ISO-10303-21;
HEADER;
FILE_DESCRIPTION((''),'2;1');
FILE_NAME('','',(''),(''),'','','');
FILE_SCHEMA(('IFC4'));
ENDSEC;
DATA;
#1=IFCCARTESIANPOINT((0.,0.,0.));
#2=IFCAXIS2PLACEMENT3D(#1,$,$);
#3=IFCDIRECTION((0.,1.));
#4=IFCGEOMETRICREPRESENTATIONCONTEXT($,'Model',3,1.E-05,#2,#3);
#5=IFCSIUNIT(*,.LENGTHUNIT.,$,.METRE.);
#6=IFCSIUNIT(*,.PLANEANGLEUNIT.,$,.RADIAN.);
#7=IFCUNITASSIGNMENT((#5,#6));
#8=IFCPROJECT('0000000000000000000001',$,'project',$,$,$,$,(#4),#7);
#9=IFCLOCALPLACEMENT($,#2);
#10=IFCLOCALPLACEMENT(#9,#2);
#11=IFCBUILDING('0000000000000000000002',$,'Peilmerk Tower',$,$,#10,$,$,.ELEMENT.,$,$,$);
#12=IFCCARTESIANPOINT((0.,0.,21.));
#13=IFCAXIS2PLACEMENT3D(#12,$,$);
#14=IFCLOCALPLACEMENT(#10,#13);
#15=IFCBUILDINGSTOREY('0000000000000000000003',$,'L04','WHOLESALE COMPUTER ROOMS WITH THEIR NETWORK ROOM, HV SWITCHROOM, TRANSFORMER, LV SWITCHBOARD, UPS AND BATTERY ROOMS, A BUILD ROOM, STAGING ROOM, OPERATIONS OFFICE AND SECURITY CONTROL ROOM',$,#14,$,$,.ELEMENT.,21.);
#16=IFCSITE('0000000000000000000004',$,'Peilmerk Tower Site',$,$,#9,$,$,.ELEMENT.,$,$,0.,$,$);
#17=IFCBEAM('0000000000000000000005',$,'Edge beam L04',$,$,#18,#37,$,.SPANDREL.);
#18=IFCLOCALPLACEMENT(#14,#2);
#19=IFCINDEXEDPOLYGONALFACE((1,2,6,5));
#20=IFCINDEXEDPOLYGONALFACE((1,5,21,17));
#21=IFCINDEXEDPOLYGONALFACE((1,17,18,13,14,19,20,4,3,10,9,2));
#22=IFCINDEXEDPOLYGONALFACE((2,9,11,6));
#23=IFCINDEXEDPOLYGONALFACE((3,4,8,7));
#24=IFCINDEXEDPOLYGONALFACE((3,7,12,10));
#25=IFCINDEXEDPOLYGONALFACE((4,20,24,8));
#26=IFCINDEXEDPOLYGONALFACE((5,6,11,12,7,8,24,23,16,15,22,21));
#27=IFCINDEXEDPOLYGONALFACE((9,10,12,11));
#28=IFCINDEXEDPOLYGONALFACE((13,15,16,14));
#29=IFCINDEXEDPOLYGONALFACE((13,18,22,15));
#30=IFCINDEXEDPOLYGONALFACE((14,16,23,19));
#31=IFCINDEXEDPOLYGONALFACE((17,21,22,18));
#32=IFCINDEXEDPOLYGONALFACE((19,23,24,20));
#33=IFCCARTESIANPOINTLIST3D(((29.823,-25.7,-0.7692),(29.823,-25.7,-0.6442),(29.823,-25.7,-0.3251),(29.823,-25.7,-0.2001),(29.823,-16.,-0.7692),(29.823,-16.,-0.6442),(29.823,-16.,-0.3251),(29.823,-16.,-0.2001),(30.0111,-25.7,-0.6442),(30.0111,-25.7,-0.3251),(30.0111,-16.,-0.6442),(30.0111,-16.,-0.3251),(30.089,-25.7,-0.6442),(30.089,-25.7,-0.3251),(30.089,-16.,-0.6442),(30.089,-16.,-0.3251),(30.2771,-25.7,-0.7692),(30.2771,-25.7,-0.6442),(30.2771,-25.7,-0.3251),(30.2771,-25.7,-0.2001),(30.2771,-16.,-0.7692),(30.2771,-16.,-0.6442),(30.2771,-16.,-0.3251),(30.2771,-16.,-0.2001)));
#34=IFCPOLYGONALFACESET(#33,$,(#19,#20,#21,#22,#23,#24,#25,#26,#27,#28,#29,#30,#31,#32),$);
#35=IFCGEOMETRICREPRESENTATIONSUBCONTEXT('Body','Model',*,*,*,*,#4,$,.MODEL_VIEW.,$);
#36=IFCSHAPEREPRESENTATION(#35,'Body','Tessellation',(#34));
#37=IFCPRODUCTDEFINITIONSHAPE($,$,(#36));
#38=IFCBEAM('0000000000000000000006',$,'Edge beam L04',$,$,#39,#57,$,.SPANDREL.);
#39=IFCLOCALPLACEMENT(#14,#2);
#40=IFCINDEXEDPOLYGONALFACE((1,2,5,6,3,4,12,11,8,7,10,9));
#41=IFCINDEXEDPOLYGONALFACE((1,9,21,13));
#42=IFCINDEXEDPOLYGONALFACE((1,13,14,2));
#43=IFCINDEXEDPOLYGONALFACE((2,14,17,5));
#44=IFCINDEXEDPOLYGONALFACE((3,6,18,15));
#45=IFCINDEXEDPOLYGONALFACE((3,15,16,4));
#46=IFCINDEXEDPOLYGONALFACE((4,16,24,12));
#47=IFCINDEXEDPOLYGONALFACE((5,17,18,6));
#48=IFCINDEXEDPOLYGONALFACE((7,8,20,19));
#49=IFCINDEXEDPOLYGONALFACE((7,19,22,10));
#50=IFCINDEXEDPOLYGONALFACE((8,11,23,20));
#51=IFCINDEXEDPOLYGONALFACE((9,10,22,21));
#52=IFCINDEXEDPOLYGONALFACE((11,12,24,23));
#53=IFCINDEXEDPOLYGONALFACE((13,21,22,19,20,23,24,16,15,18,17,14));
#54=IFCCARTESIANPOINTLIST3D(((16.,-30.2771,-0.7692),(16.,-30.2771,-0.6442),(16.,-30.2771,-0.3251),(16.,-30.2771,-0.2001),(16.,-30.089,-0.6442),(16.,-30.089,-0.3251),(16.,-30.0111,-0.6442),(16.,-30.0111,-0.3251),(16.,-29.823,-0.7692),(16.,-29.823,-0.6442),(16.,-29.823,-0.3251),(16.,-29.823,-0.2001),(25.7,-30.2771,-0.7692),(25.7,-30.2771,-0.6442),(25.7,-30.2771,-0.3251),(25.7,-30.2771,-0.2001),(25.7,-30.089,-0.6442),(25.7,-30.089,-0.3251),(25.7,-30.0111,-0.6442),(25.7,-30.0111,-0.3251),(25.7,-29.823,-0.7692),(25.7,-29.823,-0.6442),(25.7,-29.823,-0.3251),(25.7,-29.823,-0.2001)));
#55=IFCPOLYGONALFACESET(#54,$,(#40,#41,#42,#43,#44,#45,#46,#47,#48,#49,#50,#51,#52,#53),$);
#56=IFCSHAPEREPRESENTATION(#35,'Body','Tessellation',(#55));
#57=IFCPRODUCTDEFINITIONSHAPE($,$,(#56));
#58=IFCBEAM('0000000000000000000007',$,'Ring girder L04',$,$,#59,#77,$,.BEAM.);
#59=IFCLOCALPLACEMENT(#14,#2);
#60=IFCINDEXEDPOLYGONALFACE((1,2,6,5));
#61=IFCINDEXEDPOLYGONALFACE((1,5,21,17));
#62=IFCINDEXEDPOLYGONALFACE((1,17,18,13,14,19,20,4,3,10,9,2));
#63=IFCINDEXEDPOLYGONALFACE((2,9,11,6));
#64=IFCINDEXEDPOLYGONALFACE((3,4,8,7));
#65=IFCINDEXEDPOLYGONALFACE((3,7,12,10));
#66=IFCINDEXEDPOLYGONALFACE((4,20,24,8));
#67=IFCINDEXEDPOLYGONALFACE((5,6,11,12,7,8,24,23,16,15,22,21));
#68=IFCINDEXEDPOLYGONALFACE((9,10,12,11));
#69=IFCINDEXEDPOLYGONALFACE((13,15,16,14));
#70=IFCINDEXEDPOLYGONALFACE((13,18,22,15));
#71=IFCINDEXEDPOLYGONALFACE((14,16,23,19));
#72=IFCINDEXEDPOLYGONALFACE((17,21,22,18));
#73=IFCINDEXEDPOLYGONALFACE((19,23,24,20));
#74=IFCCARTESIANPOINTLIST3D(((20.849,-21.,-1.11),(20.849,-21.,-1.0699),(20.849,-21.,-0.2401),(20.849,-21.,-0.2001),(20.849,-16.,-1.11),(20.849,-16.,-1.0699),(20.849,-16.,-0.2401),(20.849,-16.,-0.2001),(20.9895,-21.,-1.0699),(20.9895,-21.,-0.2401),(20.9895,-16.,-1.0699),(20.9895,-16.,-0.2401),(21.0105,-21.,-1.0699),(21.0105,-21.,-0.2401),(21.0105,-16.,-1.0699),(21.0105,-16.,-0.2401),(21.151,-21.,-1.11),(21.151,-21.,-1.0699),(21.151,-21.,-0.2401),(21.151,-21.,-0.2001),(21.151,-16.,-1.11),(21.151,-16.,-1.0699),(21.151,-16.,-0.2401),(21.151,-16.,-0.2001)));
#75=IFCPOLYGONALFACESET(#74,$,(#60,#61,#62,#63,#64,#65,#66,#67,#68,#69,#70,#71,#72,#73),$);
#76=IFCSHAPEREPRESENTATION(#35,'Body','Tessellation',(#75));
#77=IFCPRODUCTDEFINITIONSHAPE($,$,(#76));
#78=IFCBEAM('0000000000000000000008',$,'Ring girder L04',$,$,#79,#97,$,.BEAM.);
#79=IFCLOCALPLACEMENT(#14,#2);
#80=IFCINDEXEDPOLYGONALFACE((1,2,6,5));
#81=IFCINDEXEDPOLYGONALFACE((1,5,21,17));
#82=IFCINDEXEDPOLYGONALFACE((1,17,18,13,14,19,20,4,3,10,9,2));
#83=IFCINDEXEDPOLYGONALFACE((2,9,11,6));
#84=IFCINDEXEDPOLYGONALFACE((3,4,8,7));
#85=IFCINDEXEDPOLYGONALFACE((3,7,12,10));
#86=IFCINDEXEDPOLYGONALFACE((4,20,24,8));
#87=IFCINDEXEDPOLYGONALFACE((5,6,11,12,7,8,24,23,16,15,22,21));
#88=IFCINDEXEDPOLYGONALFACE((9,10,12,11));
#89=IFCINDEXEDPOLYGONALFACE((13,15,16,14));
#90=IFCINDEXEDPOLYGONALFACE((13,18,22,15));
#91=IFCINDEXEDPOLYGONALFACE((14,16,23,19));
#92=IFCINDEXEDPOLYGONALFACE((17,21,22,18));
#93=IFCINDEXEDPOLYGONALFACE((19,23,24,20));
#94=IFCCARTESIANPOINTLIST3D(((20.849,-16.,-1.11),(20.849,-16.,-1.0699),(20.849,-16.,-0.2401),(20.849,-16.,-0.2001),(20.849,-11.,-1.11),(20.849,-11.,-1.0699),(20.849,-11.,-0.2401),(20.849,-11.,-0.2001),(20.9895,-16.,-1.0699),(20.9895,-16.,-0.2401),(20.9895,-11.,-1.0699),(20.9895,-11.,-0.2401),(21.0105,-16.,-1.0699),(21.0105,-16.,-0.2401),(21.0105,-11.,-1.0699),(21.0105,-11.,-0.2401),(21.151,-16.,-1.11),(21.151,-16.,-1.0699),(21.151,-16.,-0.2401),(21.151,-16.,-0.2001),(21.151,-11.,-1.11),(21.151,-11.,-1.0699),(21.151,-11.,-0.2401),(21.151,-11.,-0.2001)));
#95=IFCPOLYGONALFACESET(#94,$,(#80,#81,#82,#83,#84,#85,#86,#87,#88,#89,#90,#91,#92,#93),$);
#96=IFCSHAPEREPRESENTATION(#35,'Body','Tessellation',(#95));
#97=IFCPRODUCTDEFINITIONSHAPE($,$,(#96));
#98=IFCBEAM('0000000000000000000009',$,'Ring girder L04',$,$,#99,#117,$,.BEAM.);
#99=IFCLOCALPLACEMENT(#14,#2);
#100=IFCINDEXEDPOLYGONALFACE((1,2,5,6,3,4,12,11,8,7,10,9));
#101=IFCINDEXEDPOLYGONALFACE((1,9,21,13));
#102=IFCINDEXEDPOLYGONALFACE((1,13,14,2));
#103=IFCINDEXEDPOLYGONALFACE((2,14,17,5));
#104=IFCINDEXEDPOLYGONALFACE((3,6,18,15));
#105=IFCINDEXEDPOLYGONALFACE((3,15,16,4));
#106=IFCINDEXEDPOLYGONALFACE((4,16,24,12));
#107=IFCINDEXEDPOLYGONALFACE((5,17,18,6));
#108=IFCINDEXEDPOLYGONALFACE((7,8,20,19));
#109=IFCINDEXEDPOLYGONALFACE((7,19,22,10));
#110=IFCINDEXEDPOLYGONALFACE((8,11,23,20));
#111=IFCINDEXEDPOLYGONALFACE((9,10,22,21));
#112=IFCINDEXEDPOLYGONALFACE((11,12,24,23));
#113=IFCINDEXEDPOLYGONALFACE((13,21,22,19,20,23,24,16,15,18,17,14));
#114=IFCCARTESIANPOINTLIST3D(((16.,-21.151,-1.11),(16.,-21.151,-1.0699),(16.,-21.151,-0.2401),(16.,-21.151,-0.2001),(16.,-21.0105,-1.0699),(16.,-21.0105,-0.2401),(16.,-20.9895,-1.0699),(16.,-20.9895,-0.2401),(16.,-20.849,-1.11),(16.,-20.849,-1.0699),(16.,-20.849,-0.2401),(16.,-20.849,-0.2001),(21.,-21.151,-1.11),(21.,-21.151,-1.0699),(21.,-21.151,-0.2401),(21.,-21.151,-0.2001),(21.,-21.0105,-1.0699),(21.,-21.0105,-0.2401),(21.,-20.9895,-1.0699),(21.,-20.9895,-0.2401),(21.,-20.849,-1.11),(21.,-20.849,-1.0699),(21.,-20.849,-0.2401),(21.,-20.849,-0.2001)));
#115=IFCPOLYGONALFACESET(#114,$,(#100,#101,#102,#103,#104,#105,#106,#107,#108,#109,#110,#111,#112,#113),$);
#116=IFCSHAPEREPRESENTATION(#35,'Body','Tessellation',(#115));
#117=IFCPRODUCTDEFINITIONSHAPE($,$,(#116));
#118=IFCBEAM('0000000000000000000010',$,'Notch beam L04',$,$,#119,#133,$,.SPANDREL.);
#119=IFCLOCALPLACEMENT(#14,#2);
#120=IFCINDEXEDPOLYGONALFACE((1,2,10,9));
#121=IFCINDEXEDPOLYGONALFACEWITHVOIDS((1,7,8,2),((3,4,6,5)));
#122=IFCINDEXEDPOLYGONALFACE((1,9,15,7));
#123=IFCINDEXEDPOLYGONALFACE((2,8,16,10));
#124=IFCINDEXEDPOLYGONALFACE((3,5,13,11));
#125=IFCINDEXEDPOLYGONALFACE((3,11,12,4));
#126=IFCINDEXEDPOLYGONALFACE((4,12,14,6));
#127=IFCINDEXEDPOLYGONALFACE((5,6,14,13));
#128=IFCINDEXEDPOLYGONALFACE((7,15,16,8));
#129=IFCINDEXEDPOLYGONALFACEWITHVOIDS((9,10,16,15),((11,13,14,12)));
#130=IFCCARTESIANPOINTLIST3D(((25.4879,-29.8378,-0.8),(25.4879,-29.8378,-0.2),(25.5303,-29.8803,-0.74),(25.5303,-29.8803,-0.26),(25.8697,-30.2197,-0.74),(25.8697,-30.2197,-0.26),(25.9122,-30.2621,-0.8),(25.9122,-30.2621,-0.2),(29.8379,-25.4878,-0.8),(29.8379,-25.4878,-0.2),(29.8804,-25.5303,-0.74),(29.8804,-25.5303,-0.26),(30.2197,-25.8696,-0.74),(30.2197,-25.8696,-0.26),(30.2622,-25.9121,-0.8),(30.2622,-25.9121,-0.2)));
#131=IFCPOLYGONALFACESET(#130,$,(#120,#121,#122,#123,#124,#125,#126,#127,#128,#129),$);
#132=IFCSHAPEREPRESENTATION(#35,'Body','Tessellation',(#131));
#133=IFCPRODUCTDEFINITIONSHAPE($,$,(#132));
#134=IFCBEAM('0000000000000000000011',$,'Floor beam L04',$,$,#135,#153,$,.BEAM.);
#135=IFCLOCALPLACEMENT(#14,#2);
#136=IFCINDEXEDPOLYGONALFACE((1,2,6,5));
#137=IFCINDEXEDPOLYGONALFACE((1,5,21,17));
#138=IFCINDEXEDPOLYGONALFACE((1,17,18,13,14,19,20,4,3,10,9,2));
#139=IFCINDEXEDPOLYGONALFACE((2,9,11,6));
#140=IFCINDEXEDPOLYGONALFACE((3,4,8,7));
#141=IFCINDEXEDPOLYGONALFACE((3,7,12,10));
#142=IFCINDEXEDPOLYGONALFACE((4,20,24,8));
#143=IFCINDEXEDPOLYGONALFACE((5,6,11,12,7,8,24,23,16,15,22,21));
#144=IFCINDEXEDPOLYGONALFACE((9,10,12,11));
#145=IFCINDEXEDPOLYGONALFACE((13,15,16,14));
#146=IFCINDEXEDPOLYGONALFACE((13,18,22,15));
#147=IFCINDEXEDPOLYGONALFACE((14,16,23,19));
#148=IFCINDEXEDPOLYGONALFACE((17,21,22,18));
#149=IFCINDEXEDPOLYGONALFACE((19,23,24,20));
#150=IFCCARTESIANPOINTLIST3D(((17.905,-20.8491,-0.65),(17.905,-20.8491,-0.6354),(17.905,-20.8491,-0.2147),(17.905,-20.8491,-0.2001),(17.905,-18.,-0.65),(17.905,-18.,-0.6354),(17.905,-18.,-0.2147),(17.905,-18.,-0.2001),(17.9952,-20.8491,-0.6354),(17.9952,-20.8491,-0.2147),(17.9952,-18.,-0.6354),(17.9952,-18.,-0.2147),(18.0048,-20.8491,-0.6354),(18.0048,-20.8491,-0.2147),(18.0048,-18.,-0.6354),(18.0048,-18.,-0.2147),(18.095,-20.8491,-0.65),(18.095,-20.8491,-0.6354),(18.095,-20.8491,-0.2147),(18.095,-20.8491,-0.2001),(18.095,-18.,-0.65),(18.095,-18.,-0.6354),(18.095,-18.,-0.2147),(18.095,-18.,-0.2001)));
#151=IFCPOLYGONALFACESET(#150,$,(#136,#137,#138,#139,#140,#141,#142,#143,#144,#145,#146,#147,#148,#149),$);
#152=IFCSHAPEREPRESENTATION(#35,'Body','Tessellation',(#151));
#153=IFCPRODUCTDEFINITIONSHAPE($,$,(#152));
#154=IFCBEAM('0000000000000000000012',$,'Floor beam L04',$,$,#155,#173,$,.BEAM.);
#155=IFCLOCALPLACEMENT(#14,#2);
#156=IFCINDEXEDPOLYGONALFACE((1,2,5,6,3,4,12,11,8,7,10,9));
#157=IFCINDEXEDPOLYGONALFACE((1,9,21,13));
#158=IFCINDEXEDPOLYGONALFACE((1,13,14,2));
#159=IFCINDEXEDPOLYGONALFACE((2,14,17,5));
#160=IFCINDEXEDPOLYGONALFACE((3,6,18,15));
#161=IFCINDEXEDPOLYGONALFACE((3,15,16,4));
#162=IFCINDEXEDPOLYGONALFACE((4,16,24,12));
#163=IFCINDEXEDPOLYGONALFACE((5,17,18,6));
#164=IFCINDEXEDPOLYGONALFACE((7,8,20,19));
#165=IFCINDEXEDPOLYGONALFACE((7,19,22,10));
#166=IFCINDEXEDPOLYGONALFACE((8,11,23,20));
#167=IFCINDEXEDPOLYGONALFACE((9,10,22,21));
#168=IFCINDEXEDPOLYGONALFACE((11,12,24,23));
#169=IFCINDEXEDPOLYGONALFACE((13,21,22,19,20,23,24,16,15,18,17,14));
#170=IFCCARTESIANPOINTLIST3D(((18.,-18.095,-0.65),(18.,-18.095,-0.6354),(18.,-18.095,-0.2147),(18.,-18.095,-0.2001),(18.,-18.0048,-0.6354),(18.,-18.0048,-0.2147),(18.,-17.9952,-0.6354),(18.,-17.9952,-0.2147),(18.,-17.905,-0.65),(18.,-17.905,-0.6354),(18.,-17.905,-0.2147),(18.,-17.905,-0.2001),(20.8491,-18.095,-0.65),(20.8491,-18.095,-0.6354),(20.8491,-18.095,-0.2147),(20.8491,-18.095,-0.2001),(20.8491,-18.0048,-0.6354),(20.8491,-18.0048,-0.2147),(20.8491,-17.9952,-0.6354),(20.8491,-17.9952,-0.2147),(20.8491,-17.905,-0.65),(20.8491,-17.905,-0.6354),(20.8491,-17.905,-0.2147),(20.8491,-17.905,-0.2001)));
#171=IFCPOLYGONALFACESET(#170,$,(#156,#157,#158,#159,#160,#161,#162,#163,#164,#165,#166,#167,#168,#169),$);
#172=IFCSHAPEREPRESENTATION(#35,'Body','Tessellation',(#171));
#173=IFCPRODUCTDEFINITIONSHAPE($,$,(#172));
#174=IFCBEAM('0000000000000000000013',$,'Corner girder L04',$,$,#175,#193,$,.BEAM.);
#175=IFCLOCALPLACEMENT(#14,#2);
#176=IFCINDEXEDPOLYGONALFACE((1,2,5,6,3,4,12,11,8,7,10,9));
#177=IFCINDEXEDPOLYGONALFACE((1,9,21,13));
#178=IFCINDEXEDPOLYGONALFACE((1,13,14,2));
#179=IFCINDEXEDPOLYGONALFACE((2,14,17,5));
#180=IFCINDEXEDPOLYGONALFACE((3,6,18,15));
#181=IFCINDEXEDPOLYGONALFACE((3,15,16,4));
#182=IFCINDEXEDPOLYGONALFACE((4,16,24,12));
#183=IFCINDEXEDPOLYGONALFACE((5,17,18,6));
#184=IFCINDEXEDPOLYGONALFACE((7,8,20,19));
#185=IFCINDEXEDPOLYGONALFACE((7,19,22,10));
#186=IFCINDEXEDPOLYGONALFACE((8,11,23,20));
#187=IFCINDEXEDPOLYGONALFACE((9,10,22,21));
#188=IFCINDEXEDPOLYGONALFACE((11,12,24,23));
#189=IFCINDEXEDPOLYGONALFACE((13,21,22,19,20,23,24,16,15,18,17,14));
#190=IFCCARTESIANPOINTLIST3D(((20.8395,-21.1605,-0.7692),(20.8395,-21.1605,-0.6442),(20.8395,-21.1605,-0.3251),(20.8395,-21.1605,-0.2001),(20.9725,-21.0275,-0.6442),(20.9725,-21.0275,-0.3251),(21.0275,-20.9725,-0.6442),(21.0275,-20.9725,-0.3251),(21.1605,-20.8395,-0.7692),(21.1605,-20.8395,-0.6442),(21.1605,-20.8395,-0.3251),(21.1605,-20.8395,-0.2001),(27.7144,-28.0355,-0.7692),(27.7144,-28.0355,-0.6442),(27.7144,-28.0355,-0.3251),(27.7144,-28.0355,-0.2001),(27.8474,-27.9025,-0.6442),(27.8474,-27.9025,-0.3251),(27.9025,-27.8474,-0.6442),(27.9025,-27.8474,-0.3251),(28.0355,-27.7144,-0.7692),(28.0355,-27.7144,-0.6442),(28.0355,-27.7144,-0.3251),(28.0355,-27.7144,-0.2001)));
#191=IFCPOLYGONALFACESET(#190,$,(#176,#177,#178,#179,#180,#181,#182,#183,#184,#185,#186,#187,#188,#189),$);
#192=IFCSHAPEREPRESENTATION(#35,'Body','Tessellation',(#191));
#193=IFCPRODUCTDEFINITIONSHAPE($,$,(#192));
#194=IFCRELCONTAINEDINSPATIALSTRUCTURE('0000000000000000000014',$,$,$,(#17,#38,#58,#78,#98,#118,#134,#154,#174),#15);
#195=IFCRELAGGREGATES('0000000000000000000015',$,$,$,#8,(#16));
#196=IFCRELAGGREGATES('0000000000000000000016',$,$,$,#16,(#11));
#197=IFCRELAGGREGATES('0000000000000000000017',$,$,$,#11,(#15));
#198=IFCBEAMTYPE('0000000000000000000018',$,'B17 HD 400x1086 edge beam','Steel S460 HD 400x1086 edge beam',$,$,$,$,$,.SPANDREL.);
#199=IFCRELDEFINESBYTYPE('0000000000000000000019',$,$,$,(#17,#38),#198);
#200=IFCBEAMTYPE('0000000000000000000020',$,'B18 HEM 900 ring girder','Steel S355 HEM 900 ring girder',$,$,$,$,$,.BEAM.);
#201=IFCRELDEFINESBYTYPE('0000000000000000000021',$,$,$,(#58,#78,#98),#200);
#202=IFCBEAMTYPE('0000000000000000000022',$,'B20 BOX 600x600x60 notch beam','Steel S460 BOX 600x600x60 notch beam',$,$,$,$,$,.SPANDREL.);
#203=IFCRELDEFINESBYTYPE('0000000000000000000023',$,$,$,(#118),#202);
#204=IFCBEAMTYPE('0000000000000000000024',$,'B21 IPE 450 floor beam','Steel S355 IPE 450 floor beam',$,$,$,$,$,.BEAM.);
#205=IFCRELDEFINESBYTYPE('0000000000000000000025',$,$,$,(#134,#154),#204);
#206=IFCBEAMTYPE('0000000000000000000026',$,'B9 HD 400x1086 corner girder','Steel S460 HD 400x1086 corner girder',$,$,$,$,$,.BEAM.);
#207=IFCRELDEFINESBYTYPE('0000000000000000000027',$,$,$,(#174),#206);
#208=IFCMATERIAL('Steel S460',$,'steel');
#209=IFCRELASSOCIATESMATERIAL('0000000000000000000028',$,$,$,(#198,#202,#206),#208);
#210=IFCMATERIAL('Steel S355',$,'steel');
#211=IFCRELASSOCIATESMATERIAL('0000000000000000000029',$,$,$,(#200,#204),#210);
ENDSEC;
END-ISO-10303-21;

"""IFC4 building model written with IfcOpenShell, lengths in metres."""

from ifc_helpers import new_model, si_unit, direction, frame, origin, origin_2d, place, context, subcontext, project, spatial, hollow_rectangle, i_section, extrude, material, material_profile, profile_set, type_object, element, save


model = new_model("IFC4")

# Units and contexts
model_context = context("Model", 3, precision=1e-05, world=origin(), true_north=direction((0.0, 1.0)))
body_context = subcontext(model_context, "Body", "Model", "MODEL_VIEW")
ifc_project = project(units=[si_unit("LENGTHUNIT", "METRE"), si_unit("PLANEANGLEUNIT", "RADIAN")], contexts=[model_context])

# Site, building, storey
site_placement = place(None, origin())
site = spatial("IfcSite", under=ifc_project, at=site_placement, Name="Peilmerk Tower Site", CompositionType="ELEMENT", RefElevation=0.0)
building_placement = place(site_placement, origin())
building = spatial("IfcBuilding", under=site, at=building_placement, Name="Peilmerk Tower", CompositionType="ELEMENT")
storey_placement = place(building_placement, frame((0.0, 0.0, 21.0)))
storey = spatial("IfcBuildingStorey", under=building, at=storey_placement, Name="L04", Description="WHOLESALE COMPUTER ROOMS WITH THEIR NETWORK ROOM, HV SWITCHROOM, TRANSFORMER, LV SWITCHBOARD, UPS AND BATTERY ROOMS, A BUILD ROOM, STAGING ROOM, OPERATIONS OFFICE AND SECURITY CONTROL ROOM", CompositionType="ELEMENT", Elevation=21.0)

# Beams
ifc_material_1 = material(Name="Steel S355", Category="steel")
ifc_material_2 = material(Name="Steel S460", Category="steel")
ifc_material_profile_1 = material_profile(ifc_material_2, i_section(OverallWidth=0.4541, OverallDepth=0.5691, WebThickness=0.0779, FlangeThickness=0.125, at=origin_2d()), Name="HD 400x1086")
ifc_profile_set_1 = profile_set([ifc_material_profile_1], Name="Steel S460")
beam_type_1 = type_object("IfcBeamType", Name="B17 HD 400x1086 edge beam", Description="Steel S460 HD 400x1086 edge beam", PredefinedType="SPANDREL", material=ifc_profile_set_1)
for number, where, z_axis, x_axis, name in (
    (1, (30.05, -25.7, -0.4846), (0.0, 1.0, 0.0), (-1.0, 0.0, 0.0), "Edge beam L04"),
    (2, (16.0, -30.05, -0.4846), (1.0, 0.0, 0.0), (0.0, 1.0, 0.0), "Edge beam L04"),
):
    element("IfcBeam", number, at=place(storey_placement, frame(where, z_axis=z_axis, x_axis=x_axis)), inside=storey, type_object=beam_type_1, Name=name, PredefinedType="SPANDREL", context=body_context, shape_type="SweptSolid", body=[
        extrude(i_section(OverallWidth=0.4541, OverallDepth=0.5691, WebThickness=0.0779, FlangeThickness=0.125, at=origin_2d()), origin(), (0.0, 0.0, 1.0), 9.7),
    ])
ifc_material_profile_2 = material_profile(ifc_material_1, i_section(OverallWidth=0.302, OverallDepth=0.9099, WebThickness=0.021, FlangeThickness=0.04, at=origin_2d()), Name="HEM 900")
ifc_profile_set_2 = profile_set([ifc_material_profile_2], Name="Steel S355")
beam_type_2 = type_object("IfcBeamType", Name="B18 HEM 900 ring girder", Description="Steel S355 HEM 900 ring girder", PredefinedType="BEAM", material=ifc_profile_set_2)
for number, where, z_axis, x_axis, name in (
    (3, (21.0, -21.0, -0.655), (0.0, 1.0, 0.0), (-1.0, 0.0, 0.0), "Ring girder L04"),
    (4, (21.0, -16.0, -0.655), (0.0, 1.0, 0.0), (-1.0, 0.0, 0.0), "Ring girder L04"),
    (5, (16.0, -21.0, -0.655), (1.0, 0.0, 0.0), (0.0, 1.0, 0.0), "Ring girder L04"),
):
    element("IfcBeam", number, at=place(storey_placement, frame(where, z_axis=z_axis, x_axis=x_axis)), inside=storey, type_object=beam_type_2, Name=name, PredefinedType="BEAM", context=body_context, shape_type="SweptSolid", body=[
        extrude(i_section(OverallWidth=0.302, OverallDepth=0.9099, WebThickness=0.021, FlangeThickness=0.04, at=origin_2d()), origin(), (0.0, 0.0, 1.0), 5.0),
    ])
ifc_material_profile_3 = material_profile(ifc_material_2, hollow_rectangle(XDim=0.6001, YDim=0.6001, WallThickness=0.0601, at=origin_2d()), Name="BOX 600x600x60")
ifc_profile_set_3 = profile_set([ifc_material_profile_3], Name="Steel S460")
beam_type_3 = type_object("IfcBeamType", Name="B20 BOX 600x600x60 notch beam", Description="Steel S460 BOX 600x600x60 notch beam", PredefinedType="SPANDREL", material=ifc_profile_set_3)
beam_1_placement = place(storey_placement, frame((30.05, -25.7, -0.5), z_axis=(-0.707107, -0.707107, 0.0), x_axis=(0.707107, -0.707107, 0.0)))
element("IfcBeam", 6, at=beam_1_placement, inside=storey, type_object=beam_type_3, Name="Notch beam L04", PredefinedType="SPANDREL", context=body_context, shape_type="SweptSolid", body=[
    extrude(hollow_rectangle(XDim=0.6001, YDim=0.6001, WallThickness=0.0601, at=origin_2d()), origin(), (0.0, 0.0, 1.0), 6.1519),
])
ifc_material_profile_4 = material_profile(ifc_material_1, i_section(OverallWidth=0.1899, OverallDepth=0.45, WebThickness=0.0095, FlangeThickness=0.0146, at=origin_2d()), Name="IPE 450")
ifc_profile_set_4 = profile_set([ifc_material_profile_4], Name="Steel S355")
beam_type_4 = type_object("IfcBeamType", Name="B21 IPE 450 floor beam", Description="Steel S355 IPE 450 floor beam", PredefinedType="BEAM", material=ifc_profile_set_4)
for number, where, z_axis, x_axis, name in (
    (7, (18.0, -18.0, -0.425), (0.0, -1.0, 0.0), (1.0, 0.0, 0.0), "Floor beam L04"),
    (8, (18.0, -18.0, -0.425), (1.0, 0.0, 0.0), (0.0, 1.0, 0.0), "Floor beam L04"),
):
    element("IfcBeam", number, at=place(storey_placement, frame(where, z_axis=z_axis, x_axis=x_axis)), inside=storey, type_object=beam_type_4, Name=name, PredefinedType="BEAM", context=body_context, shape_type="SweptSolid", body=[
        extrude(i_section(OverallWidth=0.1899, OverallDepth=0.45, WebThickness=0.0095, FlangeThickness=0.0146, at=origin_2d()), origin(), (0.0, 0.0, 1.0), 2.8491),
    ])
ifc_material_profile_5 = material_profile(ifc_material_2, i_section(OverallWidth=0.4541, OverallDepth=0.5691, WebThickness=0.0779, FlangeThickness=0.125, at=origin_2d()), Name="HD 400x1086")
ifc_profile_set_5 = profile_set([ifc_material_profile_5], Name="Steel S460")
beam_type_5 = type_object("IfcBeamType", Name="B9 HD 400x1086 corner girder", Description="Steel S460 HD 400x1086 corner girder", PredefinedType="BEAM", material=ifc_profile_set_5)
beam_2_placement = place(storey_placement, frame((21.0, -21.0, -0.4846), z_axis=(0.707107, -0.707107, 0.0), x_axis=(0.707107, 0.707107, 0.0)))
element("IfcBeam", 9, at=beam_2_placement, inside=storey, type_object=beam_type_5, Name="Corner girder L04", PredefinedType="BEAM", context=body_context, shape_type="SweptSolid", body=[
    extrude(i_section(OverallWidth=0.4541, OverallDepth=0.5691, WebThickness=0.0779, FlangeThickness=0.125, at=origin_2d()), origin(), (0.0, 0.0, 1.0), 9.7227),
])

save(model, "model.ifc")
